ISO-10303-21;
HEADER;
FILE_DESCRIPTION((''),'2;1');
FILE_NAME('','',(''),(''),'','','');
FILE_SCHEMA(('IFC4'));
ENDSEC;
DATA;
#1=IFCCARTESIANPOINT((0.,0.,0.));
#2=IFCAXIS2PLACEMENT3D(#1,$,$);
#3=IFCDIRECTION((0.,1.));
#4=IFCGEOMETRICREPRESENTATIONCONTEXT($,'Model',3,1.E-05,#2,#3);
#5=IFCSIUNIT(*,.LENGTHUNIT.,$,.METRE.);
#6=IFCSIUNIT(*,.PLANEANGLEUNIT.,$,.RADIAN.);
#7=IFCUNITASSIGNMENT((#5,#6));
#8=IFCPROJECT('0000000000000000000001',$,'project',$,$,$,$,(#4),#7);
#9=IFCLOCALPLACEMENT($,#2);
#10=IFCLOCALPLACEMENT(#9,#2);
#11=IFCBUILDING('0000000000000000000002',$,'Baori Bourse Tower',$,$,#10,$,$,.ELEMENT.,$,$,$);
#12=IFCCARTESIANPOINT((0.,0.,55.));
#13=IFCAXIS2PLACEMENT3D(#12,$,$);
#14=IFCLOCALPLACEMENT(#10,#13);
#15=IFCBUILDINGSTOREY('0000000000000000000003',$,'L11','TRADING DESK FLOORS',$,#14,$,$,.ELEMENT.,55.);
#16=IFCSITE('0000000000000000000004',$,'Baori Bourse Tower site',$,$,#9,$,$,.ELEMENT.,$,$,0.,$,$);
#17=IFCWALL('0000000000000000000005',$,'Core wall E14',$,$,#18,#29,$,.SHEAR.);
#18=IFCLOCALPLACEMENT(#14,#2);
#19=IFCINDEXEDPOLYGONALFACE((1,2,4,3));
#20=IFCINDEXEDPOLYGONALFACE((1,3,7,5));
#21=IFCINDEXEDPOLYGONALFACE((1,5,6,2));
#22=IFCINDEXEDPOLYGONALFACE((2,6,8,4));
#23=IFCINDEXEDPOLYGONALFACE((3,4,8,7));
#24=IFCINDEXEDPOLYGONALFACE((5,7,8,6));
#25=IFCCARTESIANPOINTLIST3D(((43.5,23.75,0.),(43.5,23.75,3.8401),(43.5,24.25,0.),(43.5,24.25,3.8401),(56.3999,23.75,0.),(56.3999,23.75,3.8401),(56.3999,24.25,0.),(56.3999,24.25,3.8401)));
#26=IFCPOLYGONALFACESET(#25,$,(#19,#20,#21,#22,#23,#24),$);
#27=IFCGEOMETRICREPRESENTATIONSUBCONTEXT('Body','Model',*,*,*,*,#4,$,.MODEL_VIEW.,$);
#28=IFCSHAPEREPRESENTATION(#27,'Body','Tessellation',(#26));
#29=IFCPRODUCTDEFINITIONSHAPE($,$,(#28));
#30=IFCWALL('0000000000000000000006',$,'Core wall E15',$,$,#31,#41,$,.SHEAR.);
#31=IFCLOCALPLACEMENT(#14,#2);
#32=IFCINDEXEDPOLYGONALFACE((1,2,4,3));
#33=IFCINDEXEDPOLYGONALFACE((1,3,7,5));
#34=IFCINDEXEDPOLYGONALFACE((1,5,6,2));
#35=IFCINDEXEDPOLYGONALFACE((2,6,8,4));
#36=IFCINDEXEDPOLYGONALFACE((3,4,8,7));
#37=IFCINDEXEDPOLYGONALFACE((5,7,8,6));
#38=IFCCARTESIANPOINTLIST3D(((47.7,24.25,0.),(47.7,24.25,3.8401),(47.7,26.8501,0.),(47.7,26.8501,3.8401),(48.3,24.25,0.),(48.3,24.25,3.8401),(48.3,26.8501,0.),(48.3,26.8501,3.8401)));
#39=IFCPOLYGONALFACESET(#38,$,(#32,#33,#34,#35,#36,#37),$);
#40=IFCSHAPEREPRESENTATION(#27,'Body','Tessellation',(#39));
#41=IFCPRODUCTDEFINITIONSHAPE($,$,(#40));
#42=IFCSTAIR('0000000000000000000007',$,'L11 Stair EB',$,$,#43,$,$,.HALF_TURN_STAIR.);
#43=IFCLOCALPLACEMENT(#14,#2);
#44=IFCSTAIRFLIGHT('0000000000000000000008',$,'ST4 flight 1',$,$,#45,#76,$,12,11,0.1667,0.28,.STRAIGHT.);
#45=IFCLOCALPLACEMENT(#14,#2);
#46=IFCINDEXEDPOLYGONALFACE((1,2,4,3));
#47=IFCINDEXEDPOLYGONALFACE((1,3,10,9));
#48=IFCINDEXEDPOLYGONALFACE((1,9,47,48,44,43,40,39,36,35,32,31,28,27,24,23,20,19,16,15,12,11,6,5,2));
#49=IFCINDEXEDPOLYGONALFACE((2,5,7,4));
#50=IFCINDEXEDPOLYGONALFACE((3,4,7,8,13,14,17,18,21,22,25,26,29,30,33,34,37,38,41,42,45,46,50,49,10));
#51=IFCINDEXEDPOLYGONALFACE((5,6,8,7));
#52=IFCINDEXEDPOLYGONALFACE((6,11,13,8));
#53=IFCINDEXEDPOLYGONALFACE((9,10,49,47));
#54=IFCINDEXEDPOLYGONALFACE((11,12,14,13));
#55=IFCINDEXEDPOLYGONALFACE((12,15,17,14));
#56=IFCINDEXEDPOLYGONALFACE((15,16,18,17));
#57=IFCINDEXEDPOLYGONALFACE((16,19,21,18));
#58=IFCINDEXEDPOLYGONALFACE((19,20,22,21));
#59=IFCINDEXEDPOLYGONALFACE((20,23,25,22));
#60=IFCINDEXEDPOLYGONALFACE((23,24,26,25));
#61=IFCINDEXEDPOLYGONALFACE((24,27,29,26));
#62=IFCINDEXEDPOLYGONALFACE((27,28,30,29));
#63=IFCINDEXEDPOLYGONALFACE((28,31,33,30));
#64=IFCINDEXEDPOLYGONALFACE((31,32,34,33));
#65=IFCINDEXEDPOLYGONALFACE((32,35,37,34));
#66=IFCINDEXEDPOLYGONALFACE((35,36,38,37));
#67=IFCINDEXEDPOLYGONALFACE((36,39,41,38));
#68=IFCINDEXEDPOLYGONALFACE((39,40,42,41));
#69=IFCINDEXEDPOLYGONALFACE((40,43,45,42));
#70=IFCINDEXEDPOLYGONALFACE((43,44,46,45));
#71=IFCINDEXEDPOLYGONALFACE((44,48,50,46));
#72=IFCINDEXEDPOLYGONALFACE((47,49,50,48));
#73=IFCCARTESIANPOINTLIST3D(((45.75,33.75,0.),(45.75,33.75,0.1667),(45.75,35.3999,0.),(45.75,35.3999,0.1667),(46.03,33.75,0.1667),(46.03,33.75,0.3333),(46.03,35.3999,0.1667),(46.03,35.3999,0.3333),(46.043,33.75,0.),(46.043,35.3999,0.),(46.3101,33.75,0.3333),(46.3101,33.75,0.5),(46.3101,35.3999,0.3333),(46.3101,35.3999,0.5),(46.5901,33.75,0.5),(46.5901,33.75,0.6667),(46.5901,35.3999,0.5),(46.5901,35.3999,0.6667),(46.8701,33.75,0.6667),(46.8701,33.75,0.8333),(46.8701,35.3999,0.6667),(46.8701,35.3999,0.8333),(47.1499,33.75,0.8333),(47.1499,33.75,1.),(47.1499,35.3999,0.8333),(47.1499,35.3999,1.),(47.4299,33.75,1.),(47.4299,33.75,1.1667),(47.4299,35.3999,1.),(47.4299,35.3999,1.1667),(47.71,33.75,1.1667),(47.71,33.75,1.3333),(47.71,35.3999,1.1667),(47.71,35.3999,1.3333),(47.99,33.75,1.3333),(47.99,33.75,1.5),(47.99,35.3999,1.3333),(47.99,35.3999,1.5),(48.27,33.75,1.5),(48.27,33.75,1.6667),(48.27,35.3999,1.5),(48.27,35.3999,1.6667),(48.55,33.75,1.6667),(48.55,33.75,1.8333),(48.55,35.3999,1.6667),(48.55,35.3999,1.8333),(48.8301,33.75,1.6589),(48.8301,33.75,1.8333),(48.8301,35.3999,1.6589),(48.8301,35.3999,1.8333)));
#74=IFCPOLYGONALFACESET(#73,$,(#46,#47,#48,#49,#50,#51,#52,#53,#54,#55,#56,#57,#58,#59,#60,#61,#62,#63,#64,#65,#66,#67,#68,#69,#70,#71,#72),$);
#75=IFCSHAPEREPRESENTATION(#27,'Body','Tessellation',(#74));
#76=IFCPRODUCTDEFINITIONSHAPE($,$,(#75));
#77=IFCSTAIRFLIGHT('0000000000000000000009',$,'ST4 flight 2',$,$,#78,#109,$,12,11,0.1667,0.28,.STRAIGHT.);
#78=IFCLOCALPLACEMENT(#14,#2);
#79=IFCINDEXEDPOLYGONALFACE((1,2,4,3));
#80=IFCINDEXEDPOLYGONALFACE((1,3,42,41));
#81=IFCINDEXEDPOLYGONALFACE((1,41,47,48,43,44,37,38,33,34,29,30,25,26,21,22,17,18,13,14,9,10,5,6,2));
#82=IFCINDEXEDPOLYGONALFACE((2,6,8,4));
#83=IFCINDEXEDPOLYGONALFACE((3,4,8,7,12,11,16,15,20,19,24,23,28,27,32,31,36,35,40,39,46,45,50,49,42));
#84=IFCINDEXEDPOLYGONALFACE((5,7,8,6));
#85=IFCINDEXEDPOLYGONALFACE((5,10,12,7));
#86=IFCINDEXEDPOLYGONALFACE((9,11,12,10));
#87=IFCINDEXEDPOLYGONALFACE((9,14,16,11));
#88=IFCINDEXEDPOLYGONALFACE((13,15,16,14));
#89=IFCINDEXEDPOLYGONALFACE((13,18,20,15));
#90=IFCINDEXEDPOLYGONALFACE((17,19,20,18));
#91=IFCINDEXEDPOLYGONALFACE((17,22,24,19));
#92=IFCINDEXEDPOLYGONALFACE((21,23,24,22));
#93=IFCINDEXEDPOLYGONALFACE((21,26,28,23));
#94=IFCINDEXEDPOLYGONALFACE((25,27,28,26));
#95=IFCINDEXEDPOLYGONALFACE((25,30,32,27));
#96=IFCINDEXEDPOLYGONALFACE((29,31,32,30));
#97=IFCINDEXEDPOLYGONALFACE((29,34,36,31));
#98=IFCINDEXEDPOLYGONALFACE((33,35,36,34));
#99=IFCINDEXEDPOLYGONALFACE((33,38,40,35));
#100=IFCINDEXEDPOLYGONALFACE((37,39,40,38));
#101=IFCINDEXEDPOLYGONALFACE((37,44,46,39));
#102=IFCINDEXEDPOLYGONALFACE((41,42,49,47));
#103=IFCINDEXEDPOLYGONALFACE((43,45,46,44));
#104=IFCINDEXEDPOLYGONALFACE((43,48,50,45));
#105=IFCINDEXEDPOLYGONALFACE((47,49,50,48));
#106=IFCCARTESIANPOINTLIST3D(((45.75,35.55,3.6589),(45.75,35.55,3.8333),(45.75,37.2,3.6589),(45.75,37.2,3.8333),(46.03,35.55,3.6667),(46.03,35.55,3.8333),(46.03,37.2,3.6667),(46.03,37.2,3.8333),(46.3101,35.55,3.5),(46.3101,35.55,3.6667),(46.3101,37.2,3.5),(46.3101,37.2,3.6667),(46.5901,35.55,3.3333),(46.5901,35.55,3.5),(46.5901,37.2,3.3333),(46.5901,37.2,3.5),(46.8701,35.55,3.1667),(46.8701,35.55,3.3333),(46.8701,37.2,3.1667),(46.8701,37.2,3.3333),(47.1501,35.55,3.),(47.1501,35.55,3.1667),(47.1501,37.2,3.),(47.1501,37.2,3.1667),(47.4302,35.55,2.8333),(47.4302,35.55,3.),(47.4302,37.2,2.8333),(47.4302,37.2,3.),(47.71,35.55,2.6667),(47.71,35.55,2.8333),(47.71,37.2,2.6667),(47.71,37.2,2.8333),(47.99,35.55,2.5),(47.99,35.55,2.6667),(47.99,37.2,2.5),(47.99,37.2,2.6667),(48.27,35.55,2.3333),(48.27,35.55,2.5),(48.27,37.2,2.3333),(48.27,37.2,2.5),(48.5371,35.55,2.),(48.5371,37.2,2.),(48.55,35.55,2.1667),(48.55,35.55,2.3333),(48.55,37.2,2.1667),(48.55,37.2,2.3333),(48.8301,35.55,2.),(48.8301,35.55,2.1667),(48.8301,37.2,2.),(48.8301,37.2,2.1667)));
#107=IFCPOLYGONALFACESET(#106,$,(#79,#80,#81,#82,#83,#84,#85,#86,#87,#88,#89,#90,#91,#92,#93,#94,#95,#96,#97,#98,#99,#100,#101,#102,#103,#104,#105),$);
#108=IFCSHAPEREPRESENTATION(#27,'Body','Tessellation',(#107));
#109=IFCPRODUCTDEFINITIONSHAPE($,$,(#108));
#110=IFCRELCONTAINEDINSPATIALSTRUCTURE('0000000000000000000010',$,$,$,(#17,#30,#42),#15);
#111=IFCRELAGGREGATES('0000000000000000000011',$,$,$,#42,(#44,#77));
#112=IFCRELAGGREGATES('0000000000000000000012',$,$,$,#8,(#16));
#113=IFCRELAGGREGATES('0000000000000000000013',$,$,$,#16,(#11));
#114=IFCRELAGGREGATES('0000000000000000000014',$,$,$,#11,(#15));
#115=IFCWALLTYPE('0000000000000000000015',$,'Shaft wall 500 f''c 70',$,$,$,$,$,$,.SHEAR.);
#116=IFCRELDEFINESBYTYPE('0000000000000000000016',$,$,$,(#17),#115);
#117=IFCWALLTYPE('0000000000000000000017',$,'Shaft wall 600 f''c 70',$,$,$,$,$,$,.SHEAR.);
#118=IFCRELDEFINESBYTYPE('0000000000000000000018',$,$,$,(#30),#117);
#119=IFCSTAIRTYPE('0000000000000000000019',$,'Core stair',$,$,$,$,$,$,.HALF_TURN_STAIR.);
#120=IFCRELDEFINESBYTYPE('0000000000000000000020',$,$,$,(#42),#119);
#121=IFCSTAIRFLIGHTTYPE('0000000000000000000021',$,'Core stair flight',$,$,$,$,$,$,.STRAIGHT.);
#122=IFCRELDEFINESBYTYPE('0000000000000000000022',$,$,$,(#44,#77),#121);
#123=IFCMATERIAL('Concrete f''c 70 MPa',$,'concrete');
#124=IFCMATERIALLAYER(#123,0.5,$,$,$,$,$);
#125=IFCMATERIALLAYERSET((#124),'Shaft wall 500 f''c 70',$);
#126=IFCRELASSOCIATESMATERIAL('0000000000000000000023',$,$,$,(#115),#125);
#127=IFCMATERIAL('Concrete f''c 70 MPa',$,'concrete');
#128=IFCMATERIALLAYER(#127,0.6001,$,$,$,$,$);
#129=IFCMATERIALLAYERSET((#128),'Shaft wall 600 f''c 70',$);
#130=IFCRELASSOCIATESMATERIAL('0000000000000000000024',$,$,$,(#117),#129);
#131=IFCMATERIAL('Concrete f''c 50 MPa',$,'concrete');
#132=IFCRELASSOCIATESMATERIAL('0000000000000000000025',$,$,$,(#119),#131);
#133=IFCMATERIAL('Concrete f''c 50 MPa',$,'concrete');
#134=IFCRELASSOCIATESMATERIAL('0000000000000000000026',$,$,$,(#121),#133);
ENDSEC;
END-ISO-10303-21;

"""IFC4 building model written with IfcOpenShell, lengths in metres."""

from ifc_helpers import new_model, si_unit, direction, frame, frame_2d, origin, place, context, subcontext, project, spatial, polyline, rectangle, outline, extrude, material, layer, layer_set, type_object, element, aggregate, save


model = new_model("IFC4")

# Units and contexts
model_context = context("Model", 3, precision=1e-05, world=origin(), true_north=direction((0.0, 1.0)))
body_context = subcontext(model_context, "Body", "Model", "MODEL_VIEW")
ifc_project = project(units=[si_unit("LENGTHUNIT", "METRE"), si_unit("PLANEANGLEUNIT", "RADIAN")], contexts=[model_context])

# Site, building, storey
site_placement = place(None, origin())
site = spatial("IfcSite", under=ifc_project, at=site_placement, Name="Baori Bourse Tower site", CompositionType="ELEMENT", RefElevation=0.0)
building_placement = place(site_placement, origin())
building = spatial("IfcBuilding", under=site, at=building_placement, Name="Baori Bourse Tower", CompositionType="ELEMENT")
storey_placement = place(building_placement, frame((0.0, 0.0, 55.0)))
storey = spatial("IfcBuildingStorey", under=building, at=storey_placement, Name="L11", Description="TRADING DESK FLOORS", CompositionType="ELEMENT", Elevation=55.0)

# Walls
ifc_material_1 = material(Name="Concrete f'c 70 MPa", Category="concrete")
ifc_layer_1 = layer(ifc_material_1, 0.5)
ifc_layer_set_1 = layer_set([ifc_layer_1], Name="Shaft wall 500 f'c 70")
wall_type_1 = type_object("IfcWallType", Name="Shaft wall 500 f'c 70", PredefinedType="SHEAR", material=ifc_layer_set_1)
wall_1_placement = place(storey_placement, frame((43.5, 24.0, 0.0), z_axis=(0.0, 0.0, 1.0), x_axis=(1.0, 0.0, 0.0)))
element("IfcWall", 1, at=wall_1_placement, inside=storey, type_object=wall_type_1, Name="Core wall E14", PredefinedType="SHEAR", context=body_context, shape_type="SweptSolid", body=[
    extrude(rectangle(XDim=12.8999, YDim=0.5, at=frame_2d((6.45, 0.0))), origin(), (0.0, 0.0, 1.0), 3.8401),
])
ifc_material_2 = material(Name="Concrete f'c 70 MPa", Category="concrete")
ifc_layer_2 = layer(ifc_material_2, 0.6001)
ifc_layer_set_2 = layer_set([ifc_layer_2], Name="Shaft wall 600 f'c 70")
wall_type_2 = type_object("IfcWallType", Name="Shaft wall 600 f'c 70", PredefinedType="SHEAR", material=ifc_layer_set_2)
wall_2_placement = place(storey_placement, frame((48.0, 24.25, 0.0), z_axis=(0.0, 0.0, 1.0), x_axis=(0.0, 1.0, 0.0)))
element("IfcWall", 2, at=wall_2_placement, inside=storey, type_object=wall_type_2, Name="Core wall E15", PredefinedType="SHEAR", context=body_context, shape_type="SweptSolid", body=[
    extrude(rectangle(XDim=2.6001, YDim=0.6001, at=frame_2d((1.3, 0.0))), origin(), (0.0, 0.0, 1.0), 3.8401),
])

# Stair, stair flights
ifc_material_3 = material(Name="Concrete f'c 50 MPa", Category="concrete")
stair_type = type_object("IfcStairType", Name="Core stair", PredefinedType="HALF_TURN_STAIR", material=ifc_material_3)
stair_placement = place(storey_placement, origin())
stair = element("IfcStair", 3, at=stair_placement, inside=storey, type_object=stair_type, Name="L11 Stair EB", PredefinedType="HALF_TURN_STAIR")
ifc_material_4 = material(Name="Concrete f'c 50 MPa", Category="concrete")
stair_flight_type = type_object("IfcStairFlightType", Name="Core stair flight", PredefinedType="STRAIGHT", material=ifc_material_4)
stair_flight_1_placement = place(storey_placement, frame((45.75, 34.575, 0.0), z_axis=(0.0, 0.0, 1.0), x_axis=(1.0, 0.0, 0.0)))
stair_flight_1 = element("IfcStairFlight", 4, at=stair_flight_1_placement, type_object=stair_flight_type, Name="ST4 flight 1", NumberOfRisers=12, NumberOfTreads=11, PredefinedType="STRAIGHT", RiserHeight=0.1667, TreadLength=0.28, context=body_context, shape_type="SweptSolid", body=[
    extrude(outline(polyline([(0.0, 0.0), (0.0, 0.1667), (0.28, 0.1667), (0.28, 0.3333), (0.5601, 0.3333), (0.5601, 0.5), (0.8401, 0.5), (0.8401, 0.6667), (1.1201, 0.6667), (1.1201, 0.8333), (1.3999, 0.8333), (1.3999, 1.0), (1.6799, 1.0), (1.6799, 1.1667), (1.96, 1.1667), (1.96, 1.3333), (2.24, 1.3333), (2.24, 1.5), (2.52, 1.5), (2.52, 1.6667), (2.8, 1.6667), (2.8, 1.8333), (3.0801, 1.8333), (3.0801, 2.0), (3.0801, 1.6589), (0.293, 0.0), (0.0, 0.0)])), frame((0.0, 0.825, 0.0), z_axis=(0.0, -1.0, 0.0), x_axis=(1.0, 0.0, 0.0)), (0.0, 0.0, 1.0), 1.6499),
])
stair_flight_2_placement = place(storey_placement, frame((48.8301, 36.375, 2.0), z_axis=(0.0, 0.0, 1.0), x_axis=(-1.0, 0.0, 0.0)))
stair_flight_2 = element("IfcStairFlight", 5, at=stair_flight_2_placement, type_object=stair_flight_type, Name="ST4 flight 2", NumberOfRisers=12, NumberOfTreads=11, PredefinedType="STRAIGHT", RiserHeight=0.1667, TreadLength=0.28, context=body_context, shape_type="SweptSolid", body=[
    extrude(outline(polyline([(0.0, 0.0), (0.0, 0.1667), (0.28, 0.1667), (0.28, 0.3333), (0.5601, 0.3333), (0.5601, 0.5), (0.8401, 0.5), (0.8401, 0.6667), (1.1201, 0.6667), (1.1201, 0.8333), (1.3999, 0.8333), (1.3999, 1.0), (1.6799, 1.0), (1.6799, 1.1667), (1.96, 1.1667), (1.96, 1.3333), (2.24, 1.3333), (2.24, 1.5), (2.52, 1.5), (2.52, 1.6667), (2.8, 1.6667), (2.8, 1.8333), (3.0801, 1.8333), (3.0801, 2.0), (3.0801, 1.6589), (0.293, 0.0), (0.0, 0.0)])), frame((0.0, 0.825, 0.0), z_axis=(0.0, -1.0, 0.0), x_axis=(1.0, 0.0, 0.0)), (0.0, 0.0, 1.0), 1.6499),
])
aggregate(stair, [stair_flight_1, stair_flight_2])

save(model, "model.ifc")
